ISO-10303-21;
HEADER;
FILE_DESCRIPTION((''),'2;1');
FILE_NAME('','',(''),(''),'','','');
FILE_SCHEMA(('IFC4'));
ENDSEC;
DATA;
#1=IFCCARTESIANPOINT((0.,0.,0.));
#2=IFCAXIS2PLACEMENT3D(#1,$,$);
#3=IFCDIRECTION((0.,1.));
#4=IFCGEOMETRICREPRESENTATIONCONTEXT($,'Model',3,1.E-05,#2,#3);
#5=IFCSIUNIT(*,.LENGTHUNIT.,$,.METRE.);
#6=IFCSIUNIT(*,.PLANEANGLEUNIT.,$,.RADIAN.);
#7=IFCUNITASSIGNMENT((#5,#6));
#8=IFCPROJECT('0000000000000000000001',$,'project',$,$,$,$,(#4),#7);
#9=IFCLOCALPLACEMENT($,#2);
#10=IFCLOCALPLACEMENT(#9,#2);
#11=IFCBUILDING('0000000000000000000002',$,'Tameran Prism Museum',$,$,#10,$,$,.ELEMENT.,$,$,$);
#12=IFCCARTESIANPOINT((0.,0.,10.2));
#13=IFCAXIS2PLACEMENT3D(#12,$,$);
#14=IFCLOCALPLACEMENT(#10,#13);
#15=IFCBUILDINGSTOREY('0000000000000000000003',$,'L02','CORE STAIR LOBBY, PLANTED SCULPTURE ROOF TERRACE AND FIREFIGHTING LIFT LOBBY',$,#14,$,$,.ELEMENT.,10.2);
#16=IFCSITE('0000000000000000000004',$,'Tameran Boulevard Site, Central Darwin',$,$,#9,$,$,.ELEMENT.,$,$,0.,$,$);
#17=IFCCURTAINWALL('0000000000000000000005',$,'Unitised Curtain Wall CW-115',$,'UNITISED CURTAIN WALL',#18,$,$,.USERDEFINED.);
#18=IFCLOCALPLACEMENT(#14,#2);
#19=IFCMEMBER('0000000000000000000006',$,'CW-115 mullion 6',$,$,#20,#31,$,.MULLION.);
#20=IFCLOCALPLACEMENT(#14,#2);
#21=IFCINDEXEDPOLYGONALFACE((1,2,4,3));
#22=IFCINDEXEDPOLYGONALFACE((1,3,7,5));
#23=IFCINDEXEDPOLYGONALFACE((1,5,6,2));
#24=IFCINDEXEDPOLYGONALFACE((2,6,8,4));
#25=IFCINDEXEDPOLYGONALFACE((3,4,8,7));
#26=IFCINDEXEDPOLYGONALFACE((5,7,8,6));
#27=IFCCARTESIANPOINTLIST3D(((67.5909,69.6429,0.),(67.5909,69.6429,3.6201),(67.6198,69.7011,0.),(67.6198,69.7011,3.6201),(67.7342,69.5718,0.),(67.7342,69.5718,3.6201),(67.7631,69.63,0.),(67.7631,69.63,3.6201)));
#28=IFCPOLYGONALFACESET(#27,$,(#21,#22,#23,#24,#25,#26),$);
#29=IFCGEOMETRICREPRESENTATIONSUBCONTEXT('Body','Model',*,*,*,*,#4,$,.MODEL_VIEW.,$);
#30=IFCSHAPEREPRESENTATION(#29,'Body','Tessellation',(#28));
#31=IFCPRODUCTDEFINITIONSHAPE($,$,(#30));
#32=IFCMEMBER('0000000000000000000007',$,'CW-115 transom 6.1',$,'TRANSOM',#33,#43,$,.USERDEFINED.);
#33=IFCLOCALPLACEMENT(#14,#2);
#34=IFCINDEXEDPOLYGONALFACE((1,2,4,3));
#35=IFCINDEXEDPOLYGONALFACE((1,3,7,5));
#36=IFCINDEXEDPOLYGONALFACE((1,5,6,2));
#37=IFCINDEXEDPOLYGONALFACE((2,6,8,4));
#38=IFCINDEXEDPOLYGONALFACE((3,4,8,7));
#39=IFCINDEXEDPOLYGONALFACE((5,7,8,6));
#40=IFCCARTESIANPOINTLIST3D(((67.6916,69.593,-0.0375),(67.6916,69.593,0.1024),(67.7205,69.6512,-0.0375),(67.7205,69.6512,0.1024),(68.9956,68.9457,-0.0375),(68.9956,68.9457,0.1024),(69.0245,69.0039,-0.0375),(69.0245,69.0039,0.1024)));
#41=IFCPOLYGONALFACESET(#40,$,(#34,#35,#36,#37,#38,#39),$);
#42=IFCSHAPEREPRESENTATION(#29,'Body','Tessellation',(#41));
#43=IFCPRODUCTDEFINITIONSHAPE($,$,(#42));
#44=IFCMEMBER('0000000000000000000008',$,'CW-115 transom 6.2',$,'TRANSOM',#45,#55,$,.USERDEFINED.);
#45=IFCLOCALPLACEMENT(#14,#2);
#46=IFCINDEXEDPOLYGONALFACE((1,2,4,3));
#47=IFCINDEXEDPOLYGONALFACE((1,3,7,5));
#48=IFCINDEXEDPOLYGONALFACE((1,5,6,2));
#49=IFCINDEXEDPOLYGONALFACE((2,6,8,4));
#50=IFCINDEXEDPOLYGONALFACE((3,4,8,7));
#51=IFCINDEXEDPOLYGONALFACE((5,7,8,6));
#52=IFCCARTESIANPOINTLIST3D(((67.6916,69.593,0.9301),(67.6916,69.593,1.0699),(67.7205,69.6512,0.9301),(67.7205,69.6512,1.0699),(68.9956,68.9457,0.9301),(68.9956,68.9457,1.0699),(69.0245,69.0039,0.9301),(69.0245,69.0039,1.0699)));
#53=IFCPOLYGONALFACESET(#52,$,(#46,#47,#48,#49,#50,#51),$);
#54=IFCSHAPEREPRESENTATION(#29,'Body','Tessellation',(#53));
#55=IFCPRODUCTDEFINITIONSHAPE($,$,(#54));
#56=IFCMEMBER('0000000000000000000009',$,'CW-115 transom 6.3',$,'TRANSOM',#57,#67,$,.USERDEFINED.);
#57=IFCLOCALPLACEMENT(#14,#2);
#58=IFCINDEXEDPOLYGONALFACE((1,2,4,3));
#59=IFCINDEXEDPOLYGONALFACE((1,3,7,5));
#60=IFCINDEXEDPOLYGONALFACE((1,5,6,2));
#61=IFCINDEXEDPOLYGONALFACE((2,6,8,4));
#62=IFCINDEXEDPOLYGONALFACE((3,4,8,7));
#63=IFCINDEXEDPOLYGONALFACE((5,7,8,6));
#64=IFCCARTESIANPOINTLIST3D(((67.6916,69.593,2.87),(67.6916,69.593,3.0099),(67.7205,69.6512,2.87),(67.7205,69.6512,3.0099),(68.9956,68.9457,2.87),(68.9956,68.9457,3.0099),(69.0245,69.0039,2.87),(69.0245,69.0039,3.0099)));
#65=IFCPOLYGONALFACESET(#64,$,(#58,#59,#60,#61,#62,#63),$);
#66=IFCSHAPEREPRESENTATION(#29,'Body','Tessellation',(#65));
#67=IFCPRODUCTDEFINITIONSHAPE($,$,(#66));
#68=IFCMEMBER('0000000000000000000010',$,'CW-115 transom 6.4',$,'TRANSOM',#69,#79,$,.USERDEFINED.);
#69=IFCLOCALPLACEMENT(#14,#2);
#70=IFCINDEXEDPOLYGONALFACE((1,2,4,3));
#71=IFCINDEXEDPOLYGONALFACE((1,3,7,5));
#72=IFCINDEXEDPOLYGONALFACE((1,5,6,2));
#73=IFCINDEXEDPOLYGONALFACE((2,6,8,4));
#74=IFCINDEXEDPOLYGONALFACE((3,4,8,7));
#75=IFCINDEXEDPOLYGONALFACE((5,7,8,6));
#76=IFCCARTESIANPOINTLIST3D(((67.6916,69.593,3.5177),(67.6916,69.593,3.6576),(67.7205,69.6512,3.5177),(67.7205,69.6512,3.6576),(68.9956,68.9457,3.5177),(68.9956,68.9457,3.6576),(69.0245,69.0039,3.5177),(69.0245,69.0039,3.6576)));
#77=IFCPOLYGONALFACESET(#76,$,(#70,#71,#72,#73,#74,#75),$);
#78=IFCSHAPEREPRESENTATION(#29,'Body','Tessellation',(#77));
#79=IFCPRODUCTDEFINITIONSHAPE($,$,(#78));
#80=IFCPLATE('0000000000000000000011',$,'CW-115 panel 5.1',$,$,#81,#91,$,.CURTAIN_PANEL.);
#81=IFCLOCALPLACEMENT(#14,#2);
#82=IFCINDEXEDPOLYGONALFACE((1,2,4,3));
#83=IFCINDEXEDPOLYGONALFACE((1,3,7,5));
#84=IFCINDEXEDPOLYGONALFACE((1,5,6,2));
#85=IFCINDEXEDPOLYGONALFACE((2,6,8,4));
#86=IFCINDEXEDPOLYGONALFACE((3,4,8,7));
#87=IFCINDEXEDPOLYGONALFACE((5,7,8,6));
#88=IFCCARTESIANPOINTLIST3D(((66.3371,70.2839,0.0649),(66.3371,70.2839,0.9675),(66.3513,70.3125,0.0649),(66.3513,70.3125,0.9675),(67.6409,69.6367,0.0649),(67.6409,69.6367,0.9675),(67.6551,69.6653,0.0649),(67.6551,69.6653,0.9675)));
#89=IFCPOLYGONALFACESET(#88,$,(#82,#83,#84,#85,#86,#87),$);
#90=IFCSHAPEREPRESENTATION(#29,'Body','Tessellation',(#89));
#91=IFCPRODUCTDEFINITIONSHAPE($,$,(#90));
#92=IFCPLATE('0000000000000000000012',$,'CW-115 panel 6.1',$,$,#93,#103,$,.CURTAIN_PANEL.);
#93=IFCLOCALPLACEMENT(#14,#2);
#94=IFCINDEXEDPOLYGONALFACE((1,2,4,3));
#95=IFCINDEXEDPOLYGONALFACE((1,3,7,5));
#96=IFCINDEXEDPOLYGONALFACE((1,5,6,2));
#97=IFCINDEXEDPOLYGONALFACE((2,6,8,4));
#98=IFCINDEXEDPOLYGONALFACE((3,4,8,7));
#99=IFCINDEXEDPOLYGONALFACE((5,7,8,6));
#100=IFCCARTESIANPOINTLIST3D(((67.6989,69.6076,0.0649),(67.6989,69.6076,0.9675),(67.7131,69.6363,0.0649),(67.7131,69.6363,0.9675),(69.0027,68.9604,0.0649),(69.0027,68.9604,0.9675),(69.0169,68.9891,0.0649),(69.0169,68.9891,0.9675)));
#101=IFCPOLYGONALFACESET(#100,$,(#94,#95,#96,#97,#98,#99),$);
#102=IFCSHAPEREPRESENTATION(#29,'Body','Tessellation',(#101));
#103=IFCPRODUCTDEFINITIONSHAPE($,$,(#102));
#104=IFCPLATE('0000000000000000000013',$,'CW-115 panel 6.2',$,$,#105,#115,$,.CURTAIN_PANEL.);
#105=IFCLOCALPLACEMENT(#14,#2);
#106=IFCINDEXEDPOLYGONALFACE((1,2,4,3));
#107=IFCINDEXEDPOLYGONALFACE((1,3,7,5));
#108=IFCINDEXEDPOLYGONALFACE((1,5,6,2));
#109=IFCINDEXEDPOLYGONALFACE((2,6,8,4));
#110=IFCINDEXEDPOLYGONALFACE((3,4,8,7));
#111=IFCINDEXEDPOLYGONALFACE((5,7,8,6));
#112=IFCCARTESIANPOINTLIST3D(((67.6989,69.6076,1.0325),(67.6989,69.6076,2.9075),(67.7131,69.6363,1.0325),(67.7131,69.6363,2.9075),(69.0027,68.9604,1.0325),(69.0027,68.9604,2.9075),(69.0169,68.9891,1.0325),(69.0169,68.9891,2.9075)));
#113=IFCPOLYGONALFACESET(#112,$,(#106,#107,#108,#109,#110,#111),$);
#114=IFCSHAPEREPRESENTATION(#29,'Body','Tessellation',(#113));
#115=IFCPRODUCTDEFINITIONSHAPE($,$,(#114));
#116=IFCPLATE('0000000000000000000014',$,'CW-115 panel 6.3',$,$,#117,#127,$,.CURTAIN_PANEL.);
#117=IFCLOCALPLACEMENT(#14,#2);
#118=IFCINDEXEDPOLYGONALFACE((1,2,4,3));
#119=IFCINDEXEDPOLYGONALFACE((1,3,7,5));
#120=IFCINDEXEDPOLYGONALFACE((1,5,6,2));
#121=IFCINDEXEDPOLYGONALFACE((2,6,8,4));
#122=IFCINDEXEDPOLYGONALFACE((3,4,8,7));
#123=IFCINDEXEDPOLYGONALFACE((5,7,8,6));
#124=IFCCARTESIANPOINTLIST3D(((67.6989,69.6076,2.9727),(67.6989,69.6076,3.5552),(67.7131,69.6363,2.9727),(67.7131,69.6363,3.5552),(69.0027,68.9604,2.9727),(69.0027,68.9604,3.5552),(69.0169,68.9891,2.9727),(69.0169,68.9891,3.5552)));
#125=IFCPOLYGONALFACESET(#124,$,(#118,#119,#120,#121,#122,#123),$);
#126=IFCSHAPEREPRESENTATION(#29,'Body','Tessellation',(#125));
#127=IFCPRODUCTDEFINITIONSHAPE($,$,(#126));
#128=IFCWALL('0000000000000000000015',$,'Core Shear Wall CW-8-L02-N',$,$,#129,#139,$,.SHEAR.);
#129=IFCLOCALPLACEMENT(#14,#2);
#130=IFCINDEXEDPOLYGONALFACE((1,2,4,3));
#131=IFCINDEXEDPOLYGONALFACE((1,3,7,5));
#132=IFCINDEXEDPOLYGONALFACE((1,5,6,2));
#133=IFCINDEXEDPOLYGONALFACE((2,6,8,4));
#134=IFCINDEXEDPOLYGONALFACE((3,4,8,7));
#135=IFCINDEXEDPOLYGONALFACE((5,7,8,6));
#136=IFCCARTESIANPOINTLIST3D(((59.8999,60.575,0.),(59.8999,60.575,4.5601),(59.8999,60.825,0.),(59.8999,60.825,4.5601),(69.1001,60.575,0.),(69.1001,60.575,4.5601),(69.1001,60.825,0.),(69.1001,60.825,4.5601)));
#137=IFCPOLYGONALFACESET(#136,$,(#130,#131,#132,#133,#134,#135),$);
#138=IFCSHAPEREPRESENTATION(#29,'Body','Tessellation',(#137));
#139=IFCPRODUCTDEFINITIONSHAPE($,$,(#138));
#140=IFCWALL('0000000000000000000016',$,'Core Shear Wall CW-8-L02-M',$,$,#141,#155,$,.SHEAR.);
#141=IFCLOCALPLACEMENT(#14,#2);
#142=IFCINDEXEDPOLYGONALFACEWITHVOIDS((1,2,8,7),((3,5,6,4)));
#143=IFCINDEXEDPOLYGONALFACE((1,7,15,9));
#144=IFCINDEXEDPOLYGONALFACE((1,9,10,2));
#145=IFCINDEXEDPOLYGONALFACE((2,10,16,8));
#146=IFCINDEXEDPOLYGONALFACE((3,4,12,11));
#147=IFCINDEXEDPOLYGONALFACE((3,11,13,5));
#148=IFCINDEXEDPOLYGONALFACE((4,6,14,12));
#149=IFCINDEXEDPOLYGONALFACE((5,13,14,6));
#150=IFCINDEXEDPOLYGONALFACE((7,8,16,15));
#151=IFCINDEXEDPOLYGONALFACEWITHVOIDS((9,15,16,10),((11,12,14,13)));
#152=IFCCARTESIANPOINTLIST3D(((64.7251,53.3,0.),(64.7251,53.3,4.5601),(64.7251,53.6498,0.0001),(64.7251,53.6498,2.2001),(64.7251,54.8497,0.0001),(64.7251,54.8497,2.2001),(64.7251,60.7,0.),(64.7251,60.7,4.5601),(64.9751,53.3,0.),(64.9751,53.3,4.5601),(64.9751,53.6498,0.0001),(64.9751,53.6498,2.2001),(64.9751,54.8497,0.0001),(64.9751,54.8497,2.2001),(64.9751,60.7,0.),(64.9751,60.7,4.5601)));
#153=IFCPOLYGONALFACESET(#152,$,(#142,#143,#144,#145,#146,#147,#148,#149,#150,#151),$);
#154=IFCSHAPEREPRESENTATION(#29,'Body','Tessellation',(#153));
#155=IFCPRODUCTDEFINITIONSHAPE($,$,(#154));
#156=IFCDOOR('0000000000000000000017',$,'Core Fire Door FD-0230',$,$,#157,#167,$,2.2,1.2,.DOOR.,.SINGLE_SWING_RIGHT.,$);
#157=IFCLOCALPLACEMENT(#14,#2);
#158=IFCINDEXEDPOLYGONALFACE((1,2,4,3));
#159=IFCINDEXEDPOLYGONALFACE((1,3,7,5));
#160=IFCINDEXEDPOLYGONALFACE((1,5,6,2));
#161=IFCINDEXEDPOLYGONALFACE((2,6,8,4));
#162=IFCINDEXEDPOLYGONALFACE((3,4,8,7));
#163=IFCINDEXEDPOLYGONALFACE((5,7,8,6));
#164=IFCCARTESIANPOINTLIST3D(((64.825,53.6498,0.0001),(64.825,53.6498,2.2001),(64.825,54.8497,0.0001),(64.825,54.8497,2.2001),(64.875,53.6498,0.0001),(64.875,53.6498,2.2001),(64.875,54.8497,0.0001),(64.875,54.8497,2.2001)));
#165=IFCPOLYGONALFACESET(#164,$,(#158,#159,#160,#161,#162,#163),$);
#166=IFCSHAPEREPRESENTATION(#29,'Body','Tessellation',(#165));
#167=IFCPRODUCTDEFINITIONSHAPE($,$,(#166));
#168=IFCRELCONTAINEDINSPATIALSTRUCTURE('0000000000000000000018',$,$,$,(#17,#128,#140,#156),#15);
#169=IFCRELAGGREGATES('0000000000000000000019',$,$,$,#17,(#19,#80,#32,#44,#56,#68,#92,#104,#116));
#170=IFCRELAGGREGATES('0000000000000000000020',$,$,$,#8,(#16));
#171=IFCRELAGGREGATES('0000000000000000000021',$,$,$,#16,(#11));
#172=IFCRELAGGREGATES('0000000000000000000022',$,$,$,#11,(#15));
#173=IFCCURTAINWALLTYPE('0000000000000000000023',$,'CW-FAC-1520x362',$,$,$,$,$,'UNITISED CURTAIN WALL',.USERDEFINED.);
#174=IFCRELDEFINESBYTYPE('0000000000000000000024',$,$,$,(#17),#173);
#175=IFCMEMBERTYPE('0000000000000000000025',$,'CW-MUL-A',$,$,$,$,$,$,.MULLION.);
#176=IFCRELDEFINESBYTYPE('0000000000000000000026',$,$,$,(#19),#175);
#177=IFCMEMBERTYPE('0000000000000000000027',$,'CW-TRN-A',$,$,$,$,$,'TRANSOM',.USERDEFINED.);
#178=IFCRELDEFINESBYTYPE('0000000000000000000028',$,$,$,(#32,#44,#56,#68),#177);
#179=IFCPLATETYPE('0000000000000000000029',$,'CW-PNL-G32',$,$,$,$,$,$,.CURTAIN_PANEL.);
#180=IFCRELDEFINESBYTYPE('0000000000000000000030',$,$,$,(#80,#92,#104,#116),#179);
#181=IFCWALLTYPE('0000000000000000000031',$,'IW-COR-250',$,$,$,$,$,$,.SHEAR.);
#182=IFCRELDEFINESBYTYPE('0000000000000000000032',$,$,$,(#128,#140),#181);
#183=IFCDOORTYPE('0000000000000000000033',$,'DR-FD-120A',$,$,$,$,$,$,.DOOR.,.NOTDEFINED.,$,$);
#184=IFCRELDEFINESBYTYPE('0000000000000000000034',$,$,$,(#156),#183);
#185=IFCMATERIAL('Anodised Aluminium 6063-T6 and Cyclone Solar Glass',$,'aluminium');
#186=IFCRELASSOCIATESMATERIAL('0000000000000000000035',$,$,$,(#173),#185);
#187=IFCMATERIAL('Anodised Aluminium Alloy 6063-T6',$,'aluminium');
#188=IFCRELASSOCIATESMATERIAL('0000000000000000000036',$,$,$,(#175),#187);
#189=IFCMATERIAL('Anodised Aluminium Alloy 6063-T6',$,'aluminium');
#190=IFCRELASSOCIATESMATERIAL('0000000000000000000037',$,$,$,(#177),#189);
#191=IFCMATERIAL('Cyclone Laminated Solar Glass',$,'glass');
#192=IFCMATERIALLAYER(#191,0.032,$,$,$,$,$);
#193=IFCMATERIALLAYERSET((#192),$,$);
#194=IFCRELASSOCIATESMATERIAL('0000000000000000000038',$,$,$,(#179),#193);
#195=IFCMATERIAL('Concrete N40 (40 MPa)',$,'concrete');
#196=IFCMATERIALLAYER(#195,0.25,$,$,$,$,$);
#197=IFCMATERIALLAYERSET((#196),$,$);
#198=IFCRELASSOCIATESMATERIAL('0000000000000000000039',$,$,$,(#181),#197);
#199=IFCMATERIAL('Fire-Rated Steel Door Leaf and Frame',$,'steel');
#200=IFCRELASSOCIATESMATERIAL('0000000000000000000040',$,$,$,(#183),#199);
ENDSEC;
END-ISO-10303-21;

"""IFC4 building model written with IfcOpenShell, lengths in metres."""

from ifc_helpers import new_model, si_unit, direction, frame, frame_2d, origin, origin_2d, place, context, subcontext, project, spatial, rectangle, extrude, material, layer, layer_set, material_profile, profile_set, type_object, element, fill, aggregate, save


model = new_model("IFC4")

# Units and contexts
model_context = context("Model", 3, precision=1e-05, world=origin(), true_north=direction((0.0, 1.0)))
body_context = subcontext(model_context, "Body", "Model", "MODEL_VIEW")
ifc_project = project(units=[si_unit("LENGTHUNIT", "METRE"), si_unit("PLANEANGLEUNIT", "RADIAN")], contexts=[model_context])

# Site, building, storey
site_placement = place(None, origin())
site = spatial("IfcSite", under=ifc_project, at=site_placement, Name="Tameran Boulevard Site, Central Darwin", CompositionType="ELEMENT", RefElevation=0.0)
building_placement = place(site_placement, origin())
building = spatial("IfcBuilding", under=site, at=building_placement, Name="Tameran Prism Museum", CompositionType="ELEMENT")
storey_placement = place(building_placement, frame((0.0, 0.0, 10.2)))
storey = spatial("IfcBuildingStorey", under=building, at=storey_placement, Name="L02", Description="CORE STAIR LOBBY, PLANTED SCULPTURE ROOF TERRACE AND FIREFIGHTING LIFT LOBBY", CompositionType="ELEMENT", Elevation=10.2)

# Curtain wall, members, plates
ifc_material_1 = material(Name="Anodised Aluminium 6063-T6 and Cyclone Solar Glass", Category="aluminium")
curtain_wall_type = type_object("IfcCurtainWallType", Name="CW-FAC-1520x362", ElementType="UNITISED CURTAIN WALL", PredefinedType="USERDEFINED", material=ifc_material_1)
curtain_wall_placement = place(storey_placement, origin())
curtain_wall = element("IfcCurtainWall", 1, at=curtain_wall_placement, inside=storey, type_object=curtain_wall_type, Name="Unitised Curtain Wall CW-115", ObjectType="UNITISED CURTAIN WALL", PredefinedType="USERDEFINED")
ifc_material_2 = material(Name="Anodised Aluminium Alloy 6063-T6", Category="aluminium")
ifc_material_profile_1 = material_profile(ifc_material_2, rectangle(XDim=0.0649, YDim=0.1599, at=origin_2d()))
ifc_profile_set_1 = profile_set([ifc_material_profile_1])
member_type_1 = type_object("IfcMemberType", Name="CW-MUL-A", PredefinedType="MULLION", material=ifc_profile_set_1)
member_1_placement = place(storey_placement, frame((67.677, 69.6365, 0.0), z_axis=(0.0, 0.0, 1.0), x_axis=(0.444634, 0.895712, 0.0)))
member_1 = element("IfcMember", 2, at=member_1_placement, type_object=member_type_1, Name="CW-115 mullion 6", PredefinedType="MULLION", context=body_context, shape_type="SweptSolid", body=[
    extrude(rectangle(XDim=0.0649, YDim=0.1599, at=origin_2d()), origin(), (0.0, 0.0, 1.0), 3.6201),
])
ifc_material_3 = material(Name="Anodised Aluminium Alloy 6063-T6", Category="aluminium")
ifc_material_profile_2 = material_profile(ifc_material_3, rectangle(XDim=0.0649, YDim=0.1399, at=origin_2d()))
ifc_profile_set_2 = profile_set([ifc_material_profile_2])
member_type_2 = type_object("IfcMemberType", Name="CW-TRN-A", ElementType="TRANSOM", PredefinedType="USERDEFINED", material=ifc_profile_set_2)
member_2_placement = place(storey_placement, frame((67.7061, 69.6221, 0.0325), z_axis=(0.895731, -0.444595, 0.0), x_axis=(0.444595, 0.895731, 0.0)))
member_2 = element("IfcMember", 3, at=member_2_placement, type_object=member_type_2, Name="CW-115 transom 6.1", ObjectType="TRANSOM", PredefinedType="USERDEFINED", context=body_context, shape_type="SweptSolid", body=[
    extrude(rectangle(XDim=0.0649, YDim=0.1399, at=origin_2d()), origin(), (0.0, 0.0, 1.0), 1.4558),
])
member_3_placement = place(storey_placement, frame((67.7061, 69.6221, 1.0), z_axis=(0.895731, -0.444595, 0.0), x_axis=(0.444595, 0.895731, 0.0)))
member_3 = element("IfcMember", 4, at=member_3_placement, type_object=member_type_2, Name="CW-115 transom 6.2", ObjectType="TRANSOM", PredefinedType="USERDEFINED", context=body_context, shape_type="SweptSolid", body=[
    extrude(rectangle(XDim=0.0649, YDim=0.1399, at=origin_2d()), origin(), (0.0, 0.0, 1.0), 1.4558),
])
member_4_placement = place(storey_placement, frame((67.7061, 69.6221, 2.9399), z_axis=(0.895731, -0.444595, 0.0), x_axis=(0.444595, 0.895731, 0.0)))
member_4 = element("IfcMember", 5, at=member_4_placement, type_object=member_type_2, Name="CW-115 transom 6.3", ObjectType="TRANSOM", PredefinedType="USERDEFINED", context=body_context, shape_type="SweptSolid", body=[
    extrude(rectangle(XDim=0.0649, YDim=0.1399, at=origin_2d()), origin(), (0.0, 0.0, 1.0), 1.4558),
])
member_5_placement = place(storey_placement, frame((67.7061, 69.6221, 3.5876), z_axis=(0.895731, -0.444595, 0.0), x_axis=(0.444595, 0.895731, 0.0)))
member_5 = element("IfcMember", 6, at=member_5_placement, type_object=member_type_2, Name="CW-115 transom 6.4", ObjectType="TRANSOM", PredefinedType="USERDEFINED", context=body_context, shape_type="SweptSolid", body=[
    extrude(rectangle(XDim=0.0649, YDim=0.1399, at=origin_2d()), origin(), (0.0, 0.0, 1.0), 1.4558),
])
ifc_material_4 = material(Name="Cyclone Laminated Solar Glass", Category="glass")
ifc_layer_1 = layer(ifc_material_4, 0.032)
ifc_layer_set_1 = layer_set([ifc_layer_1])
plate_type = type_object("IfcPlateType", Name="CW-PNL-G32", PredefinedType="CURTAIN_PANEL", material=ifc_layer_set_1)
plate_1_placement = place(storey_placement, frame((66.9961, 69.9746, 0.0649), z_axis=(0.0, 0.0, 1.0), x_axis=(0.895712, -0.444634, 0.0)))
plate_1 = element("IfcPlate", 7, at=plate_1_placement, type_object=plate_type, Name="CW-115 panel 5.1", PredefinedType="CURTAIN_PANEL", context=body_context, shape_type="SweptSolid", body=[
    extrude(rectangle(XDim=1.4556, YDim=0.032, at=origin_2d()), origin(), (0.0, 0.0, 1.0), 0.9026),
])
plate_2_placement = place(storey_placement, frame((68.3579, 69.2983, 0.0649), z_axis=(0.0, 0.0, 1.0), x_axis=(0.895712, -0.444634, 0.0)))
plate_2 = element("IfcPlate", 8, at=plate_2_placement, type_object=plate_type, Name="CW-115 panel 6.1", PredefinedType="CURTAIN_PANEL", context=body_context, shape_type="SweptSolid", body=[
    extrude(rectangle(XDim=1.4556, YDim=0.032, at=origin_2d()), origin(), (0.0, 0.0, 1.0), 0.9026),
])
plate_3_placement = place(storey_placement, frame((68.3579, 69.2983, 1.0325), z_axis=(0.0, 0.0, 1.0), x_axis=(0.895712, -0.444634, 0.0)))
plate_3 = element("IfcPlate", 9, at=plate_3_placement, type_object=plate_type, Name="CW-115 panel 6.2", PredefinedType="CURTAIN_PANEL", context=body_context, shape_type="SweptSolid", body=[
    extrude(rectangle(XDim=1.4556, YDim=0.032, at=origin_2d()), origin(), (0.0, 0.0, 1.0), 1.875),
])
plate_4_placement = place(storey_placement, frame((68.3579, 69.2983, 2.9727), z_axis=(0.0, 0.0, 1.0), x_axis=(0.895712, -0.444634, 0.0)))
plate_4 = element("IfcPlate", 10, at=plate_4_placement, type_object=plate_type, Name="CW-115 panel 6.3", PredefinedType="CURTAIN_PANEL", context=body_context, shape_type="SweptSolid", body=[
    extrude(rectangle(XDim=1.4556, YDim=0.032, at=origin_2d()), origin(), (0.0, 0.0, 1.0), 0.5825),
])
aggregate(curtain_wall, [member_1, plate_1, member_2, member_3, member_4, member_5, plate_2, plate_3, plate_4])

# Wall
ifc_material_5 = material(Name="Concrete N40 (40 MPa)", Category="concrete")
ifc_layer_2 = layer(ifc_material_5, 0.25)
ifc_layer_set_2 = layer_set([ifc_layer_2])
wall_type_1 = type_object("IfcWallType", Name="IW-COR-250", PredefinedType="SHEAR", material=ifc_layer_set_2)
wall_1_placement = place(storey_placement, frame((59.8999, 60.7, 0.0), z_axis=(0.0, 0.0, 1.0), x_axis=(1.0, 0.0, 0.0)))
element("IfcWall", 11, at=wall_1_placement, inside=storey, type_object=wall_type_1, Name="Core Shear Wall CW-8-L02-N", PredefinedType="SHEAR", context=body_context, shape_type="SweptSolid", body=[
    extrude(rectangle(XDim=9.2002, YDim=0.25, at=frame_2d((4.6001, 0.0))), origin(), (0.0, 0.0, 1.0), 4.5601),
])

# Wall, opening, door
wall_2_placement = place(storey_placement, frame((64.8501, 60.7, 0.0), z_axis=(0.0, 0.0, 1.0), x_axis=(0.0, -1.0, 0.0)))
wall_2 = element("IfcWall", 12, at=wall_2_placement, inside=storey, type_object=wall_type_1, Name="Core Shear Wall CW-8-L02-M", PredefinedType="SHEAR", context=body_context, shape_type="SweptSolid", body=[
    extrude(rectangle(XDim=7.3999, YDim=0.25, at=frame_2d((3.7, 0.0))), origin(), (0.0, 0.0, 1.0), 4.5601),
])
opening_1_placement = place(wall_2_placement, frame((5.8501, 0.0, 0.0)))
opening_1 = element("IfcOpeningElement", 13, at=opening_1_placement, cuts=wall_2, PredefinedType="OPENING", context=body_context, shape_type="SweptSolid", body=[
    extrude(rectangle(XDim=1.2, YDim=2.2, at=frame_2d((0.6001, 1.1001))), frame((0.0, 0.135, 0.0), z_axis=(0.0, -1.0, 0.0), x_axis=(1.0, 0.0, 0.0)), (0.0, 0.0, 1.0), 0.27),
])
ifc_material_6 = material(Name="Fire-Rated Steel Door Leaf and Frame", Category="steel")
door_type_1 = type_object("IfcDoorType", Name="DR-FD-120A", OperationType="NOTDEFINED", PredefinedType="DOOR", material=ifc_material_6)
door_1_placement = place(opening_1_placement, origin())
door_1 = element("IfcDoor", 14, at=door_1_placement, inside=storey, type_object=door_type_1, Name="Core Fire Door FD-0230", OperationType="SINGLE_SWING_RIGHT", OverallHeight=2.2, OverallWidth=1.2, PredefinedType="DOOR", context=body_context, shape_type="SweptSolid", body=[
    extrude(rectangle(XDim=1.2, YDim=2.2, at=frame_2d((0.6001, 1.1001))), frame((0.0, 0.0249, 0.0), z_axis=(0.0, -1.0, 0.0), x_axis=(1.0, 0.0, 0.0)), (0.0, 0.0, 1.0), 0.05),
])
fill(opening_1, door_1)

save(model, "model.ifc")
